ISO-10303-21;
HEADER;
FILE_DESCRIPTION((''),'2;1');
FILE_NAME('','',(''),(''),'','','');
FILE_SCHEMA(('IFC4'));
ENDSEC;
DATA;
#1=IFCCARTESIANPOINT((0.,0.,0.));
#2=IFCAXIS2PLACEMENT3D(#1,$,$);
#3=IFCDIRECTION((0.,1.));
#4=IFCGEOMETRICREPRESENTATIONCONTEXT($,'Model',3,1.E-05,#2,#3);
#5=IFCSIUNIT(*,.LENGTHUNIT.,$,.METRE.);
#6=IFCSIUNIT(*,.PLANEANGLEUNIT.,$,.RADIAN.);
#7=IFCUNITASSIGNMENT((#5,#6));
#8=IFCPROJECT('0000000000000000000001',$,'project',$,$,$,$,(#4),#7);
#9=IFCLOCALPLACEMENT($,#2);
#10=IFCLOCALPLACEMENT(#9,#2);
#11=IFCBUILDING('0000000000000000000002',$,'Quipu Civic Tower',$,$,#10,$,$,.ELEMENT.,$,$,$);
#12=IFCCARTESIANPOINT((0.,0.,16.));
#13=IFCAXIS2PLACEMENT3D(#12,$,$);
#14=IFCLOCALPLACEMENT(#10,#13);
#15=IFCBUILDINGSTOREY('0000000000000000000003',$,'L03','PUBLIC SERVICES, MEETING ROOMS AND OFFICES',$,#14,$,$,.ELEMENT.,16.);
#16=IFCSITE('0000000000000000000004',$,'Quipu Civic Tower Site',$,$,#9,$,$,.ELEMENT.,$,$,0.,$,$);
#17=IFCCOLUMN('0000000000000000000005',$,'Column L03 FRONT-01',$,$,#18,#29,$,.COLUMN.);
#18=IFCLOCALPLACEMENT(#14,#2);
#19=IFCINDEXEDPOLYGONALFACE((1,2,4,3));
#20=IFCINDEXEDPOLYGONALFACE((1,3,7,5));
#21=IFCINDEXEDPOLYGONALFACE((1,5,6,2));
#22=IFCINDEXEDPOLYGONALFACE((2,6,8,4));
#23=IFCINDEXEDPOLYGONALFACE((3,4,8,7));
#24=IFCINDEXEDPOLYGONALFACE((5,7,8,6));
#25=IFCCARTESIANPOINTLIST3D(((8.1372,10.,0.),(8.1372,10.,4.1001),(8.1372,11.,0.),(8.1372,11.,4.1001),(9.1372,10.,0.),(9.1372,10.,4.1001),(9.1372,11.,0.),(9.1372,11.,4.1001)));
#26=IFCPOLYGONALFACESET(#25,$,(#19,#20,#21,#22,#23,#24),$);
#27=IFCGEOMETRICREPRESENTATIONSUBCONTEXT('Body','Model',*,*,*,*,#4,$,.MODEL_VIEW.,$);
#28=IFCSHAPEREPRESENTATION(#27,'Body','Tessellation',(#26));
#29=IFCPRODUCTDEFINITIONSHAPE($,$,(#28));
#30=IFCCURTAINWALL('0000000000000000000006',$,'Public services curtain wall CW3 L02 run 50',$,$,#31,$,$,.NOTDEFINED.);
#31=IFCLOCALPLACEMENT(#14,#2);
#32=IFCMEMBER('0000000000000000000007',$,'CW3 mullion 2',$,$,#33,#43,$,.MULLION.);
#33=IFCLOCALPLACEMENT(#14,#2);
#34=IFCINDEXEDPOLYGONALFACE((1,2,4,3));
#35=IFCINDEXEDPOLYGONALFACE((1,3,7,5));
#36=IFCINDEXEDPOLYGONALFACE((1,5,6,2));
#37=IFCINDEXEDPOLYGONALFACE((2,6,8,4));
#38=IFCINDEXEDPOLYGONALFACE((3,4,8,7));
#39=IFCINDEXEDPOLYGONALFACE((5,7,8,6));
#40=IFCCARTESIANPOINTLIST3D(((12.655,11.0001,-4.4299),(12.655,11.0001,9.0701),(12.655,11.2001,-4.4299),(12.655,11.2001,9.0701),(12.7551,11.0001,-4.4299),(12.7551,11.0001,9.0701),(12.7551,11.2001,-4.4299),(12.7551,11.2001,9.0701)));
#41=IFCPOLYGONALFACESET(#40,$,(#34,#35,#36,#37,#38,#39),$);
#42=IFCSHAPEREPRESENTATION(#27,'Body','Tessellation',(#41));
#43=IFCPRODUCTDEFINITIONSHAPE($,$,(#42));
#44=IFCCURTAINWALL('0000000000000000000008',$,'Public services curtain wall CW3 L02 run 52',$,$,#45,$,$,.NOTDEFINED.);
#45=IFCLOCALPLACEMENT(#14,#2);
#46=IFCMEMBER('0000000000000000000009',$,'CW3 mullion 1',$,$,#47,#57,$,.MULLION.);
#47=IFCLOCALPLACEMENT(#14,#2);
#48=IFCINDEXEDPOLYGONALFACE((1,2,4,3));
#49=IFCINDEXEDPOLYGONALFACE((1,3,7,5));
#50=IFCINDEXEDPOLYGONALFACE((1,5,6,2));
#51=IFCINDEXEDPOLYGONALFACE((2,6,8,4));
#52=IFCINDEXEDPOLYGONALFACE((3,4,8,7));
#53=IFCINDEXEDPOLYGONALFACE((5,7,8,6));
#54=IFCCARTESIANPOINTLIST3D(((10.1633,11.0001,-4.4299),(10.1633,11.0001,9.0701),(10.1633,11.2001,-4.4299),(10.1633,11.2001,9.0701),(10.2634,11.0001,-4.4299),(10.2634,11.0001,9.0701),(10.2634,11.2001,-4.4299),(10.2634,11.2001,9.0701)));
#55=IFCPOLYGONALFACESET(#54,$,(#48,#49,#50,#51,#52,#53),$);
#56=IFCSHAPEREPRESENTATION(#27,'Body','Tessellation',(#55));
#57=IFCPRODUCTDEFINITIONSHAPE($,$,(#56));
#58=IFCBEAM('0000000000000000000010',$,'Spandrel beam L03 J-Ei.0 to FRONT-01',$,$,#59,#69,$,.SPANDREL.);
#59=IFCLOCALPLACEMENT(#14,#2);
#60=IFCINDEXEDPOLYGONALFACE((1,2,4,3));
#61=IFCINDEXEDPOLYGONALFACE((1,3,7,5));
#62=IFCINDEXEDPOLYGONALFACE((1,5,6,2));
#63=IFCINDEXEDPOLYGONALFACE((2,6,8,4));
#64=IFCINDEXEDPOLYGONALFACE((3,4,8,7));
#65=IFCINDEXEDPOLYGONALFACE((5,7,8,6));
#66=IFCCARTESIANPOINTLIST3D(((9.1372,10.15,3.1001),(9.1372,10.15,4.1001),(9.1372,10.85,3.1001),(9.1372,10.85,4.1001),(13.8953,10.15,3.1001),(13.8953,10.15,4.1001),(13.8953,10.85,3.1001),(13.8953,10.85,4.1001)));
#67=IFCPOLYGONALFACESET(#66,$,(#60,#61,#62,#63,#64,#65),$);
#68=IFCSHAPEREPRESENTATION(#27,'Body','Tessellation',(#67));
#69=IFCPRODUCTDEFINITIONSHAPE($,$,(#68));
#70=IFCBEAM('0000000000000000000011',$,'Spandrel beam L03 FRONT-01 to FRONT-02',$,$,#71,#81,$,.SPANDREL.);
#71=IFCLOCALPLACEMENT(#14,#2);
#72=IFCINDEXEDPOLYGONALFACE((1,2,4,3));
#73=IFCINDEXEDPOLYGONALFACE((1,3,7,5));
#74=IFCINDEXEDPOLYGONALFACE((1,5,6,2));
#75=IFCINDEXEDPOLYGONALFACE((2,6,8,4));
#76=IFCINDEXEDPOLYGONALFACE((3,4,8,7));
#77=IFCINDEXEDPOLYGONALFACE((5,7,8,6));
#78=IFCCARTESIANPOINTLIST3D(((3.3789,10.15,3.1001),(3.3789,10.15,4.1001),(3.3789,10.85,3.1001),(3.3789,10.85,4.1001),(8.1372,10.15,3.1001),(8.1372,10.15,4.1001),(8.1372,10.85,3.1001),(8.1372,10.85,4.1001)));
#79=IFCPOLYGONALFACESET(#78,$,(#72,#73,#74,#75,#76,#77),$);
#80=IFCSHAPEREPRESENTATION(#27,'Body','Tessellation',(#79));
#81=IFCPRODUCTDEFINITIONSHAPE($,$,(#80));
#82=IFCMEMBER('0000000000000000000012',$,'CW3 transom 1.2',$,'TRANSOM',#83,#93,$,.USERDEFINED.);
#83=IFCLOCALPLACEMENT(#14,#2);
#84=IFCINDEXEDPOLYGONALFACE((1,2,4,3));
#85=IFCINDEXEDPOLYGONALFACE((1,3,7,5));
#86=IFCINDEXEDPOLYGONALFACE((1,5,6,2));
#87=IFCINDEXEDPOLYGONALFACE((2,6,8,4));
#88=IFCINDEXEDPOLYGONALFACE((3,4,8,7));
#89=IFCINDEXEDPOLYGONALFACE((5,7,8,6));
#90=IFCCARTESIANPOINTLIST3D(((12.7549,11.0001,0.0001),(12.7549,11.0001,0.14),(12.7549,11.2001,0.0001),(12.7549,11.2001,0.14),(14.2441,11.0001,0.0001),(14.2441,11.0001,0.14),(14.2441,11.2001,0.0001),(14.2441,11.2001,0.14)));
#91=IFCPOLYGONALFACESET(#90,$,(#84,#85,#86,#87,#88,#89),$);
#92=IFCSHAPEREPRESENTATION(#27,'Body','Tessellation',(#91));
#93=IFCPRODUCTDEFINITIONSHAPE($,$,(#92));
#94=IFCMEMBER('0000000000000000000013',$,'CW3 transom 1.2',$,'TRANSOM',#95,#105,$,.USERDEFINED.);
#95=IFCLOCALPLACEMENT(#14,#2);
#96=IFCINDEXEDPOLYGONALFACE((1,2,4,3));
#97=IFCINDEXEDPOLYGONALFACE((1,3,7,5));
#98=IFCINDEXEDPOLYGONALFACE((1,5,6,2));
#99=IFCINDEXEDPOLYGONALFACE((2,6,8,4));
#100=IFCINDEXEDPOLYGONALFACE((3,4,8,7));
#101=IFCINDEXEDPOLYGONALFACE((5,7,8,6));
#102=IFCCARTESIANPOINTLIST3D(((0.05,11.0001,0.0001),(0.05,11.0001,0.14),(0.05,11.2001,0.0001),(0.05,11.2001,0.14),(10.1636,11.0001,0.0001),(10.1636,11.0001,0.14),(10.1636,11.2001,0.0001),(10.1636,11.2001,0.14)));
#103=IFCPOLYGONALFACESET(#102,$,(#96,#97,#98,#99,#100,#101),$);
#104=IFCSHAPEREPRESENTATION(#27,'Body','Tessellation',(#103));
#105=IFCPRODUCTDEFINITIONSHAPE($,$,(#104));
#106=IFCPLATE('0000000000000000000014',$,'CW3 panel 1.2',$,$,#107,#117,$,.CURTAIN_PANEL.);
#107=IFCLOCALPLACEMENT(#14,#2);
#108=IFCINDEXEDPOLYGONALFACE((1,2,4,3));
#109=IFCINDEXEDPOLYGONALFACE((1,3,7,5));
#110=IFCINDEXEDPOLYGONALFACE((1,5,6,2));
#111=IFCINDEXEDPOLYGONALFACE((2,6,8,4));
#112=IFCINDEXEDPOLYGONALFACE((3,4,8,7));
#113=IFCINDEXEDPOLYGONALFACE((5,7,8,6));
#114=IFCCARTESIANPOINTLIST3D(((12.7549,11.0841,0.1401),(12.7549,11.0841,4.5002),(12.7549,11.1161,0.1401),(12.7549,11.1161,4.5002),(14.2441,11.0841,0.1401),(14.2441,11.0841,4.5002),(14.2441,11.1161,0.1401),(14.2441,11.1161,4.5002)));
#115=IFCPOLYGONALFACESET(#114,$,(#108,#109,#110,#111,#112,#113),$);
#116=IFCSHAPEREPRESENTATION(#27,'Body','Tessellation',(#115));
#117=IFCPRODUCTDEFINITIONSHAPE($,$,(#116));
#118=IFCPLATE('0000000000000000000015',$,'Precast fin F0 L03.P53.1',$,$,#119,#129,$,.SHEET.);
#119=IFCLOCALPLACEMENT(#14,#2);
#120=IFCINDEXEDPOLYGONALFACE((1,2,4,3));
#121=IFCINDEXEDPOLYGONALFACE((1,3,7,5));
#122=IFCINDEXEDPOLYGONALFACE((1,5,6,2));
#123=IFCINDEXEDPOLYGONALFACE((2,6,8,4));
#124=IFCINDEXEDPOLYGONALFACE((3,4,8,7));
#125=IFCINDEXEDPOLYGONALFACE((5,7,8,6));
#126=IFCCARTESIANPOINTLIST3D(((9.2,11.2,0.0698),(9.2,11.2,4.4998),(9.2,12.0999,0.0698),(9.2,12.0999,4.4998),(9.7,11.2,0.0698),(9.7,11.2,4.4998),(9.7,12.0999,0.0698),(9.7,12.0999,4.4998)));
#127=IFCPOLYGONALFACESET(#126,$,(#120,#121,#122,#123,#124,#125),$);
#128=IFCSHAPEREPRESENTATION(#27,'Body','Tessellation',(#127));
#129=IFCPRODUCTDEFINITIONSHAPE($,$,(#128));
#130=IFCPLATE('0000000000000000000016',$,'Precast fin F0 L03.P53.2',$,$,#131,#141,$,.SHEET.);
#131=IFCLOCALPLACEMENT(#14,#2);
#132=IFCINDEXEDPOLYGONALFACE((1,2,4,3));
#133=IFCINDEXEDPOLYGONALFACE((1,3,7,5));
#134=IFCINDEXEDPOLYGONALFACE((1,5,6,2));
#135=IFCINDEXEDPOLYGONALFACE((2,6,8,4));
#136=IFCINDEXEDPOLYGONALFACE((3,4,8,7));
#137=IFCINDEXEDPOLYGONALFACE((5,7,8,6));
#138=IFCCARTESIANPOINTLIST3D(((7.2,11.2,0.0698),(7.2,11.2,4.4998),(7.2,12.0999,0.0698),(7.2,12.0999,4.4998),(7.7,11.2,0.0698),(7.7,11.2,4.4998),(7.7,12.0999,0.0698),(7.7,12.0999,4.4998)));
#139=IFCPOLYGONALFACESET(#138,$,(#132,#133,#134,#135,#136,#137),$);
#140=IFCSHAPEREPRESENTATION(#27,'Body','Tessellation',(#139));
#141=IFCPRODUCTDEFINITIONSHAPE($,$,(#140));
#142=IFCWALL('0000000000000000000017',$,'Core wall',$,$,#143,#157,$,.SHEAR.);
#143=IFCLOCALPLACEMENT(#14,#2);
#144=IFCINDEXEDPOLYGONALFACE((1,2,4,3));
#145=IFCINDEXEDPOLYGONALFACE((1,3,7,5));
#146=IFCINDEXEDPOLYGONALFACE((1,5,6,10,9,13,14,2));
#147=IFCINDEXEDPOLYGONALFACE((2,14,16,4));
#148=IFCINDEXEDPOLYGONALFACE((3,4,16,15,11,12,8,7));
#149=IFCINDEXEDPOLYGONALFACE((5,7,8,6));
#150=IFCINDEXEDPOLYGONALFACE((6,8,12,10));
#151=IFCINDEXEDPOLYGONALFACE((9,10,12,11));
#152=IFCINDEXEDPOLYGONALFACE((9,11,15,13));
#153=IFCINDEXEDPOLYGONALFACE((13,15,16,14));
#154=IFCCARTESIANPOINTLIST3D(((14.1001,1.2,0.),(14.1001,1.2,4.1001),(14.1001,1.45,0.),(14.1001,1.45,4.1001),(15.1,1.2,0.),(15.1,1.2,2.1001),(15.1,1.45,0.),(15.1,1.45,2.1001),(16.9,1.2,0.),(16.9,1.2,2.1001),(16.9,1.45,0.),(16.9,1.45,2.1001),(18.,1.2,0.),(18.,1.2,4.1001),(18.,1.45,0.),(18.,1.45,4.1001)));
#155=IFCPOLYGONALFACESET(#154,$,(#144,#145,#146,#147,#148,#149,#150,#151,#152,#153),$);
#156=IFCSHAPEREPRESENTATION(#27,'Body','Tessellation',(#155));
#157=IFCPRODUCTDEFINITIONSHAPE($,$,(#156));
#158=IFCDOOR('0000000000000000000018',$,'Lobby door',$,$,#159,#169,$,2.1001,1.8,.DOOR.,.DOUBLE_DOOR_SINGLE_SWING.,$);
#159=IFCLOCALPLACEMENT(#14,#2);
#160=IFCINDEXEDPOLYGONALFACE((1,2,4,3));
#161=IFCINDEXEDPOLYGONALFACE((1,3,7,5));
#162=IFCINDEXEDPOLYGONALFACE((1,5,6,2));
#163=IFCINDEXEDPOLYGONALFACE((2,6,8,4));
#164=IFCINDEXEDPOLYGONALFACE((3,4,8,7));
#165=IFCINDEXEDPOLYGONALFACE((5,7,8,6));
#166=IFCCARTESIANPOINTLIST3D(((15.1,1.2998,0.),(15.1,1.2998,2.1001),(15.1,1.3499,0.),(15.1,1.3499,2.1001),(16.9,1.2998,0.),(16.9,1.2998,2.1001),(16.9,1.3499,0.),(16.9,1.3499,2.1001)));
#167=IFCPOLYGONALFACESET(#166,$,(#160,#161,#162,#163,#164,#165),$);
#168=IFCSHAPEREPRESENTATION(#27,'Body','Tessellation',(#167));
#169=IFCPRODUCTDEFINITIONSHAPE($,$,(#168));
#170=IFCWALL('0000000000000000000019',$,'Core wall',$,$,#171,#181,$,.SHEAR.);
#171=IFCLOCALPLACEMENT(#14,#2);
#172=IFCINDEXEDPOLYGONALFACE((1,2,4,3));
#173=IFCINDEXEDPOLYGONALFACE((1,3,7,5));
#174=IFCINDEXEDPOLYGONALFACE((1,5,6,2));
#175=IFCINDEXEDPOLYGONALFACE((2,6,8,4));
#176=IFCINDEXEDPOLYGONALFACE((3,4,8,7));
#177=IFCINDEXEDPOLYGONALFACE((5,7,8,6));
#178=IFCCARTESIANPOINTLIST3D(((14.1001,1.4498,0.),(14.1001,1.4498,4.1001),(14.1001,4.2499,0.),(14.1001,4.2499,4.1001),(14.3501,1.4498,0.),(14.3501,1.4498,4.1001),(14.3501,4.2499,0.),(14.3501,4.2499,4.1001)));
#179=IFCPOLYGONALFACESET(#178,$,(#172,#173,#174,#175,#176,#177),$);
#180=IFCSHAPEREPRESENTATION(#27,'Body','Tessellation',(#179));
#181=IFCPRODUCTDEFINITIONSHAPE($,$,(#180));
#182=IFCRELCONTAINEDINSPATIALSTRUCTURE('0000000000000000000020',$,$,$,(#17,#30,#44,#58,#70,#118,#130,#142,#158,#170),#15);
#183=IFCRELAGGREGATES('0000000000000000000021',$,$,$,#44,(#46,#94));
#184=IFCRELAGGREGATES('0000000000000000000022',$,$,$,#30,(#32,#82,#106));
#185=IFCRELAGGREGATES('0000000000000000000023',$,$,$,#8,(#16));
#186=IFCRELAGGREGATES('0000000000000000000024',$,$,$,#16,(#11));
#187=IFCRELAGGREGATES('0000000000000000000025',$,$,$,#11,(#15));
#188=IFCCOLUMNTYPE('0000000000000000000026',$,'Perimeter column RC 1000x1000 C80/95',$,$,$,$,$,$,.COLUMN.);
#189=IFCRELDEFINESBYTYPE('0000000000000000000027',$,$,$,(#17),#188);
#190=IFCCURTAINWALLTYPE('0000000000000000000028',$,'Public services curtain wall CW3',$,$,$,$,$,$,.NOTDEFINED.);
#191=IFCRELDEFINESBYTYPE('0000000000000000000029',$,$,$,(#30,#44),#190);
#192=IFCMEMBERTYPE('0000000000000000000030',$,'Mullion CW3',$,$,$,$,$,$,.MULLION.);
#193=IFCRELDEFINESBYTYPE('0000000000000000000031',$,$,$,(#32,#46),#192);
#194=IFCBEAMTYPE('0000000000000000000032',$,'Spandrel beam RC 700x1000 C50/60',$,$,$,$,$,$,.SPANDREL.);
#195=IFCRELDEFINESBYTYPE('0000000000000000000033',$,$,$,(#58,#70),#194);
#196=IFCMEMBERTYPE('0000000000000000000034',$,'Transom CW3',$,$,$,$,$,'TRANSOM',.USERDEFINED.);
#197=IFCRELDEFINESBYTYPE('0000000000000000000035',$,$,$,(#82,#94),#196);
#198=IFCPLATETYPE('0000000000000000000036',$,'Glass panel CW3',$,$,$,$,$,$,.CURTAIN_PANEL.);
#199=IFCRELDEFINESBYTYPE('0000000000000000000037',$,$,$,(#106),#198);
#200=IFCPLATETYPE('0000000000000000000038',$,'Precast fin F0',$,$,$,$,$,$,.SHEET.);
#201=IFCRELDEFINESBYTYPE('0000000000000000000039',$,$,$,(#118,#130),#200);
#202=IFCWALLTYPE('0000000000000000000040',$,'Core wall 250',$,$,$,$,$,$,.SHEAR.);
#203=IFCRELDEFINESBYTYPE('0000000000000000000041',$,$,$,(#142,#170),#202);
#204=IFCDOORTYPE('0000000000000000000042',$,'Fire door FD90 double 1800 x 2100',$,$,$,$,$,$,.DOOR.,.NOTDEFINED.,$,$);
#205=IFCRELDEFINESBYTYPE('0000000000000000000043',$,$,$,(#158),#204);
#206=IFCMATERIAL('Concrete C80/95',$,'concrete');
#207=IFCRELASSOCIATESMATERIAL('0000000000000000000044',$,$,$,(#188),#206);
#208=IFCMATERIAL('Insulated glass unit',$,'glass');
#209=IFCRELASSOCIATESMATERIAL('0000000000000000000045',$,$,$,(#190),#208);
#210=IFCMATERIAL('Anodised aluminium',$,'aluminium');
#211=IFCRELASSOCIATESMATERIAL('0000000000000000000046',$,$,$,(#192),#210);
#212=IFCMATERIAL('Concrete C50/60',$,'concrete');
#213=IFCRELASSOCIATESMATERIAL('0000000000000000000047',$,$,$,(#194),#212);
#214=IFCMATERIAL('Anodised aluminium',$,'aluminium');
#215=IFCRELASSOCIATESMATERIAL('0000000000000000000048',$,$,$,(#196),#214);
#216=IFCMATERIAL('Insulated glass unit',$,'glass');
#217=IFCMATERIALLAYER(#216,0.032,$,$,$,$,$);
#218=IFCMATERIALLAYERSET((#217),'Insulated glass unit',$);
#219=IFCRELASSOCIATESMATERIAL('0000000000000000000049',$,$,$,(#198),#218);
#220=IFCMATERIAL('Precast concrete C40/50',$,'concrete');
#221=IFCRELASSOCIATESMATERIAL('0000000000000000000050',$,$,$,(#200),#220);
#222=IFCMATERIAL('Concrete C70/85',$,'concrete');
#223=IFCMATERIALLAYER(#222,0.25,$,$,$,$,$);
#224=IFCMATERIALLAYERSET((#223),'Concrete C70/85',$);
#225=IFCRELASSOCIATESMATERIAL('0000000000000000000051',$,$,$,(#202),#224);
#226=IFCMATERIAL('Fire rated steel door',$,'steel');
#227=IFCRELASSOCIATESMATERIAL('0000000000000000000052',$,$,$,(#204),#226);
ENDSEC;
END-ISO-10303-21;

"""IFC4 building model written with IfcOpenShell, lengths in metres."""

from ifc_helpers import new_model, si_unit, direction, frame, frame_2d, origin, origin_2d, place, context, subcontext, project, spatial, rectangle, extrude, material, layer, layer_set, material_profile, profile_set, type_object, element, fill, aggregate, save


model = new_model("IFC4")

# Units and contexts
model_context = context("Model", 3, precision=1e-05, world=origin(), true_north=direction((0.0, 1.0)))
body_context = subcontext(model_context, "Body", "Model", "MODEL_VIEW")
ifc_project = project(units=[si_unit("LENGTHUNIT", "METRE"), si_unit("PLANEANGLEUNIT", "RADIAN")], contexts=[model_context])

# Site, building, storey
site_placement = place(None, origin())
site = spatial("IfcSite", under=ifc_project, at=site_placement, Name="Quipu Civic Tower Site", CompositionType="ELEMENT", RefElevation=0.0)
building_placement = place(site_placement, origin())
building = spatial("IfcBuilding", under=site, at=building_placement, Name="Quipu Civic Tower", CompositionType="ELEMENT")
storey_placement = place(building_placement, frame((0.0, 0.0, 16.0)))
storey = spatial("IfcBuildingStorey", under=building, at=storey_placement, Name="L03", Description="PUBLIC SERVICES, MEETING ROOMS AND OFFICES", CompositionType="ELEMENT", Elevation=16.0)

# Column
ifc_material_1 = material(Name="Concrete C80/95", Category="concrete")
ifc_material_profile_1 = material_profile(ifc_material_1, rectangle(XDim=1.0, YDim=1.0, at=origin_2d()), Name="RC1000x1000")
ifc_profile_set_1 = profile_set([ifc_material_profile_1], Name="Concrete C80/95")
column_type = type_object("IfcColumnType", Name="Perimeter column RC 1000x1000 C80/95", PredefinedType="COLUMN", material=ifc_profile_set_1)
column_placement = place(storey_placement, frame((8.6372, 10.5, 0.0), z_axis=(0.0, 0.0, 1.0), x_axis=(-1.0, 0.0, 0.0)))
element("IfcColumn", 1, at=column_placement, inside=storey, type_object=column_type, Name="Column L03 FRONT-01", PredefinedType="COLUMN", context=body_context, shape_type="SweptSolid", body=[
    extrude(rectangle(XDim=1.0, YDim=1.0, at=origin_2d()), origin(), (0.0, 0.0, 1.0), 4.1001),
])

# Curtain walls, members
ifc_material_2 = material(Name="Insulated glass unit", Category="glass")
curtain_wall_type = type_object("IfcCurtainWallType", Name="Public services curtain wall CW3", PredefinedType="NOTDEFINED", material=ifc_material_2)
curtain_wall_1_placement = place(storey_placement, origin())
curtain_wall_1 = element("IfcCurtainWall", 2, at=curtain_wall_1_placement, inside=storey, type_object=curtain_wall_type, Name="Public services curtain wall CW3 L02 run 50", PredefinedType="NOTDEFINED")
ifc_material_3 = material(Name="Anodised aluminium", Category="aluminium")
ifc_material_profile_2 = material_profile(ifc_material_3, rectangle(XDim=0.2, YDim=0.1001, at=origin_2d()), Name="RECT 200x100")
ifc_profile_set_2 = profile_set([ifc_material_profile_2], Name="Anodised aluminium")
member_type_1 = type_object("IfcMemberType", Name="Mullion CW3", PredefinedType="MULLION", material=ifc_profile_set_2)
member_1_placement = place(storey_placement, frame((12.7051, 11.1001, -4.4299), z_axis=(0.0, 0.0, 1.0), x_axis=(0.0, -1.0, 0.0)))
member_1 = element("IfcMember", 3, at=member_1_placement, type_object=member_type_1, Name="CW3 mullion 2", PredefinedType="MULLION", context=body_context, shape_type="SweptSolid", body=[
    extrude(rectangle(XDim=0.2, YDim=0.1001, at=origin_2d()), origin(), (0.0, 0.0, 1.0), 13.5),
])
curtain_wall_2_placement = place(storey_placement, origin())
curtain_wall_2 = element("IfcCurtainWall", 4, at=curtain_wall_2_placement, inside=storey, type_object=curtain_wall_type, Name="Public services curtain wall CW3 L02 run 52", PredefinedType="NOTDEFINED")
member_2_placement = place(storey_placement, frame((10.2134, 11.1001, -4.4299), z_axis=(0.0, 0.0, 1.0), x_axis=(0.0, -1.0, 0.0)))
member_2 = element("IfcMember", 5, at=member_2_placement, type_object=member_type_1, Name="CW3 mullion 1", PredefinedType="MULLION", context=body_context, shape_type="SweptSolid", body=[
    extrude(rectangle(XDim=0.2, YDim=0.1001, at=origin_2d()), origin(), (0.0, 0.0, 1.0), 13.5),
])

# Beams
ifc_material_4 = material(Name="Concrete C50/60", Category="concrete")
ifc_material_profile_3 = material_profile(ifc_material_4, rectangle(XDim=0.7, YDim=1.0, at=origin_2d()), Name="RC700x1000")
ifc_profile_set_3 = profile_set([ifc_material_profile_3], Name="Concrete C50/60")
beam_type = type_object("IfcBeamType", Name="Spandrel beam RC 700x1000 C50/60", PredefinedType="SPANDREL", material=ifc_profile_set_3)
beam_1_placement = place(storey_placement, frame((13.8953, 10.5, 3.6001), z_axis=(-1.0, 0.0, 0.0), x_axis=(0.0, -1.0, 0.0)))
element("IfcBeam", 6, at=beam_1_placement, inside=storey, type_object=beam_type, Name="Spandrel beam L03 J-Ei.0 to FRONT-01", PredefinedType="SPANDREL", context=body_context, shape_type="SweptSolid", body=[
    extrude(rectangle(XDim=0.7, YDim=1.0, at=origin_2d()), origin(), (0.0, 0.0, 1.0), 4.7581),
])
beam_2_placement = place(storey_placement, frame((8.1372, 10.5, 3.6001), z_axis=(-1.0, 0.0, 0.0), x_axis=(0.0, -1.0, 0.0)))
element("IfcBeam", 7, at=beam_2_placement, inside=storey, type_object=beam_type, Name="Spandrel beam L03 FRONT-01 to FRONT-02", PredefinedType="SPANDREL", context=body_context, shape_type="SweptSolid", body=[
    extrude(rectangle(XDim=0.7, YDim=1.0, at=origin_2d()), origin(), (0.0, 0.0, 1.0), 4.7583),
])

# Members
ifc_material_5 = material(Name="Anodised aluminium", Category="aluminium")
ifc_material_profile_4 = material_profile(ifc_material_5, rectangle(XDim=0.2, YDim=0.1399, at=origin_2d()), Name="RECT 200x140")
ifc_profile_set_4 = profile_set([ifc_material_profile_4], Name="Anodised aluminium")
member_type_2 = type_object("IfcMemberType", Name="Transom CW3", ElementType="TRANSOM", PredefinedType="USERDEFINED", material=ifc_profile_set_4)
member_3_placement = place(storey_placement, frame((14.2441, 11.1001, 0.0701), z_axis=(-1.0, 0.0, 0.0), x_axis=(0.0, -1.0, 0.0)))
member_3 = element("IfcMember", 8, at=member_3_placement, type_object=member_type_2, Name="CW3 transom 1.2", ObjectType="TRANSOM", PredefinedType="USERDEFINED", context=body_context, shape_type="SweptSolid", body=[
    extrude(rectangle(XDim=0.2, YDim=0.1399, at=origin_2d()), origin(), (0.0, 0.0, 1.0), 1.4893),
])
member_4_placement = place(storey_placement, frame((10.1636, 11.1001, 0.0701), z_axis=(-1.0, 0.0, 0.0), x_axis=(0.0, -1.0, 0.0)))
member_4 = element("IfcMember", 9, at=member_4_placement, type_object=member_type_2, Name="CW3 transom 1.2", ObjectType="TRANSOM", PredefinedType="USERDEFINED", context=body_context, shape_type="SweptSolid", body=[
    extrude(rectangle(XDim=0.2, YDim=0.1399, at=origin_2d()), origin(), (0.0, 0.0, 1.0), 10.1135),
])
aggregate(curtain_wall_2, [member_2, member_4])

# Plate
ifc_material_6 = material(Name="Insulated glass unit", Category="glass")
ifc_layer_1 = layer(ifc_material_6, 0.032)
ifc_layer_set_1 = layer_set([ifc_layer_1], Name="Insulated glass unit")
plate_type_1 = type_object("IfcPlateType", Name="Glass panel CW3", PredefinedType="CURTAIN_PANEL", material=ifc_layer_set_1)
plate_placement = place(storey_placement, frame((13.4995, 11.1001, 0.1401), z_axis=(0.0, 0.0, 1.0), x_axis=(-1.0, 0.0, 0.0)))
plate = element("IfcPlate", 10, at=plate_placement, type_object=plate_type_1, Name="CW3 panel 1.2", PredefinedType="CURTAIN_PANEL", context=body_context, shape_type="SweptSolid", body=[
    extrude(rectangle(XDim=1.4893, YDim=0.032, at=origin_2d()), origin(), (0.0, 0.0, 1.0), 4.3601),
])
aggregate(curtain_wall_1, [member_1, member_3, plate])

# Plates
ifc_material_7 = material(Name="Precast concrete C40/50", Category="concrete")
plate_type_2 = type_object("IfcPlateType", Name="Precast fin F0", PredefinedType="SHEET", material=ifc_material_7)
for number, where, z_axis, x_axis, name in (
    (11, (9.45, 11.6499, 0.0698), (0.0, 0.0, 1.0), (-1.0, 0.0, 0.0), "Precast fin F0 L03.P53.1"),
    (12, (7.45, 11.6499, 0.0698), (0.0, 0.0, 1.0), (-1.0, 0.0, 0.0), "Precast fin F0 L03.P53.2"),
):
    element("IfcPlate", number, at=place(storey_placement, frame(where, z_axis=z_axis, x_axis=x_axis)), inside=storey, type_object=plate_type_2, Name=name, PredefinedType="SHEET", context=body_context, shape_type="SweptSolid", body=[
        extrude(rectangle(XDim=0.5, YDim=0.8999, at=origin_2d()), origin(), (0.0, 0.0, 1.0), 4.4299),
    ])

# Wall, opening, door
ifc_material_8 = material(Name="Concrete C70/85", Category="concrete")
ifc_layer_2 = layer(ifc_material_8, 0.25)
ifc_layer_set_2 = layer_set([ifc_layer_2], Name="Concrete C70/85")
wall_type_1 = type_object("IfcWallType", Name="Core wall 250", PredefinedType="SHEAR", material=ifc_layer_set_2)
wall_1_placement = place(storey_placement, frame((14.1001, 1.325, 0.0), z_axis=(0.0, 0.0, 1.0), x_axis=(1.0, 0.0, 0.0)))
wall_1 = element("IfcWall", 13, at=wall_1_placement, inside=storey, type_object=wall_type_1, Name="Core wall", PredefinedType="SHEAR", context=body_context, shape_type="SweptSolid", body=[
    extrude(rectangle(XDim=3.8999, YDim=0.25, at=frame_2d((1.95, 0.0))), origin(), (0.0, 0.0, 1.0), 4.1001),
])
opening_1_placement = place(wall_1_placement, frame((1.0, 0.0, 0.0)))
opening_1 = element("IfcOpeningElement", 14, at=opening_1_placement, cuts=wall_1, PredefinedType="OPENING", context=body_context, shape_type="SweptSolid", body=[
    extrude(rectangle(XDim=1.8, YDim=2.1001, at=frame_2d((0.8999, 1.05))), frame((0.0, 0.135, 0.0), z_axis=(0.0, -1.0, 0.0), x_axis=(1.0, 0.0, 0.0)), (0.0, 0.0, 1.0), 0.27),
])
ifc_material_9 = material(Name="Fire rated steel door", Category="steel")
door_type = type_object("IfcDoorType", Name="Fire door FD90 double 1800 x 2100", OperationType="NOTDEFINED", PredefinedType="DOOR", material=ifc_material_9)
door_1_placement = place(opening_1_placement, origin())
door_1 = element("IfcDoor", 15, at=door_1_placement, inside=storey, type_object=door_type, Name="Lobby door", OperationType="DOUBLE_DOOR_SINGLE_SWING", OverallHeight=2.1001, OverallWidth=1.8, PredefinedType="DOOR", context=body_context, shape_type="SweptSolid", body=[
    extrude(rectangle(XDim=1.8, YDim=2.1001, at=frame_2d((0.8999, 1.05))), frame((0.0, 0.0249, 0.0), z_axis=(0.0, -1.0, 0.0), x_axis=(1.0, 0.0, 0.0)), (0.0, 0.0, 1.0), 0.05),
])
fill(opening_1, door_1)

# Wall
wall_2_placement = place(storey_placement, frame((14.2251, 1.45, 0.0), z_axis=(0.0, 0.0, 1.0), x_axis=(0.0, 1.0, 0.0)))
element("IfcWall", 16, at=wall_2_placement, inside=storey, type_object=wall_type_1, Name="Core wall", PredefinedType="SHEAR", context=body_context, shape_type="SweptSolid", body=[
    extrude(rectangle(XDim=2.8, YDim=0.25, at=frame_2d((1.3999, 0.0))), origin(), (0.0, 0.0, 1.0), 4.1001),
])

save(model, "model.ifc")
